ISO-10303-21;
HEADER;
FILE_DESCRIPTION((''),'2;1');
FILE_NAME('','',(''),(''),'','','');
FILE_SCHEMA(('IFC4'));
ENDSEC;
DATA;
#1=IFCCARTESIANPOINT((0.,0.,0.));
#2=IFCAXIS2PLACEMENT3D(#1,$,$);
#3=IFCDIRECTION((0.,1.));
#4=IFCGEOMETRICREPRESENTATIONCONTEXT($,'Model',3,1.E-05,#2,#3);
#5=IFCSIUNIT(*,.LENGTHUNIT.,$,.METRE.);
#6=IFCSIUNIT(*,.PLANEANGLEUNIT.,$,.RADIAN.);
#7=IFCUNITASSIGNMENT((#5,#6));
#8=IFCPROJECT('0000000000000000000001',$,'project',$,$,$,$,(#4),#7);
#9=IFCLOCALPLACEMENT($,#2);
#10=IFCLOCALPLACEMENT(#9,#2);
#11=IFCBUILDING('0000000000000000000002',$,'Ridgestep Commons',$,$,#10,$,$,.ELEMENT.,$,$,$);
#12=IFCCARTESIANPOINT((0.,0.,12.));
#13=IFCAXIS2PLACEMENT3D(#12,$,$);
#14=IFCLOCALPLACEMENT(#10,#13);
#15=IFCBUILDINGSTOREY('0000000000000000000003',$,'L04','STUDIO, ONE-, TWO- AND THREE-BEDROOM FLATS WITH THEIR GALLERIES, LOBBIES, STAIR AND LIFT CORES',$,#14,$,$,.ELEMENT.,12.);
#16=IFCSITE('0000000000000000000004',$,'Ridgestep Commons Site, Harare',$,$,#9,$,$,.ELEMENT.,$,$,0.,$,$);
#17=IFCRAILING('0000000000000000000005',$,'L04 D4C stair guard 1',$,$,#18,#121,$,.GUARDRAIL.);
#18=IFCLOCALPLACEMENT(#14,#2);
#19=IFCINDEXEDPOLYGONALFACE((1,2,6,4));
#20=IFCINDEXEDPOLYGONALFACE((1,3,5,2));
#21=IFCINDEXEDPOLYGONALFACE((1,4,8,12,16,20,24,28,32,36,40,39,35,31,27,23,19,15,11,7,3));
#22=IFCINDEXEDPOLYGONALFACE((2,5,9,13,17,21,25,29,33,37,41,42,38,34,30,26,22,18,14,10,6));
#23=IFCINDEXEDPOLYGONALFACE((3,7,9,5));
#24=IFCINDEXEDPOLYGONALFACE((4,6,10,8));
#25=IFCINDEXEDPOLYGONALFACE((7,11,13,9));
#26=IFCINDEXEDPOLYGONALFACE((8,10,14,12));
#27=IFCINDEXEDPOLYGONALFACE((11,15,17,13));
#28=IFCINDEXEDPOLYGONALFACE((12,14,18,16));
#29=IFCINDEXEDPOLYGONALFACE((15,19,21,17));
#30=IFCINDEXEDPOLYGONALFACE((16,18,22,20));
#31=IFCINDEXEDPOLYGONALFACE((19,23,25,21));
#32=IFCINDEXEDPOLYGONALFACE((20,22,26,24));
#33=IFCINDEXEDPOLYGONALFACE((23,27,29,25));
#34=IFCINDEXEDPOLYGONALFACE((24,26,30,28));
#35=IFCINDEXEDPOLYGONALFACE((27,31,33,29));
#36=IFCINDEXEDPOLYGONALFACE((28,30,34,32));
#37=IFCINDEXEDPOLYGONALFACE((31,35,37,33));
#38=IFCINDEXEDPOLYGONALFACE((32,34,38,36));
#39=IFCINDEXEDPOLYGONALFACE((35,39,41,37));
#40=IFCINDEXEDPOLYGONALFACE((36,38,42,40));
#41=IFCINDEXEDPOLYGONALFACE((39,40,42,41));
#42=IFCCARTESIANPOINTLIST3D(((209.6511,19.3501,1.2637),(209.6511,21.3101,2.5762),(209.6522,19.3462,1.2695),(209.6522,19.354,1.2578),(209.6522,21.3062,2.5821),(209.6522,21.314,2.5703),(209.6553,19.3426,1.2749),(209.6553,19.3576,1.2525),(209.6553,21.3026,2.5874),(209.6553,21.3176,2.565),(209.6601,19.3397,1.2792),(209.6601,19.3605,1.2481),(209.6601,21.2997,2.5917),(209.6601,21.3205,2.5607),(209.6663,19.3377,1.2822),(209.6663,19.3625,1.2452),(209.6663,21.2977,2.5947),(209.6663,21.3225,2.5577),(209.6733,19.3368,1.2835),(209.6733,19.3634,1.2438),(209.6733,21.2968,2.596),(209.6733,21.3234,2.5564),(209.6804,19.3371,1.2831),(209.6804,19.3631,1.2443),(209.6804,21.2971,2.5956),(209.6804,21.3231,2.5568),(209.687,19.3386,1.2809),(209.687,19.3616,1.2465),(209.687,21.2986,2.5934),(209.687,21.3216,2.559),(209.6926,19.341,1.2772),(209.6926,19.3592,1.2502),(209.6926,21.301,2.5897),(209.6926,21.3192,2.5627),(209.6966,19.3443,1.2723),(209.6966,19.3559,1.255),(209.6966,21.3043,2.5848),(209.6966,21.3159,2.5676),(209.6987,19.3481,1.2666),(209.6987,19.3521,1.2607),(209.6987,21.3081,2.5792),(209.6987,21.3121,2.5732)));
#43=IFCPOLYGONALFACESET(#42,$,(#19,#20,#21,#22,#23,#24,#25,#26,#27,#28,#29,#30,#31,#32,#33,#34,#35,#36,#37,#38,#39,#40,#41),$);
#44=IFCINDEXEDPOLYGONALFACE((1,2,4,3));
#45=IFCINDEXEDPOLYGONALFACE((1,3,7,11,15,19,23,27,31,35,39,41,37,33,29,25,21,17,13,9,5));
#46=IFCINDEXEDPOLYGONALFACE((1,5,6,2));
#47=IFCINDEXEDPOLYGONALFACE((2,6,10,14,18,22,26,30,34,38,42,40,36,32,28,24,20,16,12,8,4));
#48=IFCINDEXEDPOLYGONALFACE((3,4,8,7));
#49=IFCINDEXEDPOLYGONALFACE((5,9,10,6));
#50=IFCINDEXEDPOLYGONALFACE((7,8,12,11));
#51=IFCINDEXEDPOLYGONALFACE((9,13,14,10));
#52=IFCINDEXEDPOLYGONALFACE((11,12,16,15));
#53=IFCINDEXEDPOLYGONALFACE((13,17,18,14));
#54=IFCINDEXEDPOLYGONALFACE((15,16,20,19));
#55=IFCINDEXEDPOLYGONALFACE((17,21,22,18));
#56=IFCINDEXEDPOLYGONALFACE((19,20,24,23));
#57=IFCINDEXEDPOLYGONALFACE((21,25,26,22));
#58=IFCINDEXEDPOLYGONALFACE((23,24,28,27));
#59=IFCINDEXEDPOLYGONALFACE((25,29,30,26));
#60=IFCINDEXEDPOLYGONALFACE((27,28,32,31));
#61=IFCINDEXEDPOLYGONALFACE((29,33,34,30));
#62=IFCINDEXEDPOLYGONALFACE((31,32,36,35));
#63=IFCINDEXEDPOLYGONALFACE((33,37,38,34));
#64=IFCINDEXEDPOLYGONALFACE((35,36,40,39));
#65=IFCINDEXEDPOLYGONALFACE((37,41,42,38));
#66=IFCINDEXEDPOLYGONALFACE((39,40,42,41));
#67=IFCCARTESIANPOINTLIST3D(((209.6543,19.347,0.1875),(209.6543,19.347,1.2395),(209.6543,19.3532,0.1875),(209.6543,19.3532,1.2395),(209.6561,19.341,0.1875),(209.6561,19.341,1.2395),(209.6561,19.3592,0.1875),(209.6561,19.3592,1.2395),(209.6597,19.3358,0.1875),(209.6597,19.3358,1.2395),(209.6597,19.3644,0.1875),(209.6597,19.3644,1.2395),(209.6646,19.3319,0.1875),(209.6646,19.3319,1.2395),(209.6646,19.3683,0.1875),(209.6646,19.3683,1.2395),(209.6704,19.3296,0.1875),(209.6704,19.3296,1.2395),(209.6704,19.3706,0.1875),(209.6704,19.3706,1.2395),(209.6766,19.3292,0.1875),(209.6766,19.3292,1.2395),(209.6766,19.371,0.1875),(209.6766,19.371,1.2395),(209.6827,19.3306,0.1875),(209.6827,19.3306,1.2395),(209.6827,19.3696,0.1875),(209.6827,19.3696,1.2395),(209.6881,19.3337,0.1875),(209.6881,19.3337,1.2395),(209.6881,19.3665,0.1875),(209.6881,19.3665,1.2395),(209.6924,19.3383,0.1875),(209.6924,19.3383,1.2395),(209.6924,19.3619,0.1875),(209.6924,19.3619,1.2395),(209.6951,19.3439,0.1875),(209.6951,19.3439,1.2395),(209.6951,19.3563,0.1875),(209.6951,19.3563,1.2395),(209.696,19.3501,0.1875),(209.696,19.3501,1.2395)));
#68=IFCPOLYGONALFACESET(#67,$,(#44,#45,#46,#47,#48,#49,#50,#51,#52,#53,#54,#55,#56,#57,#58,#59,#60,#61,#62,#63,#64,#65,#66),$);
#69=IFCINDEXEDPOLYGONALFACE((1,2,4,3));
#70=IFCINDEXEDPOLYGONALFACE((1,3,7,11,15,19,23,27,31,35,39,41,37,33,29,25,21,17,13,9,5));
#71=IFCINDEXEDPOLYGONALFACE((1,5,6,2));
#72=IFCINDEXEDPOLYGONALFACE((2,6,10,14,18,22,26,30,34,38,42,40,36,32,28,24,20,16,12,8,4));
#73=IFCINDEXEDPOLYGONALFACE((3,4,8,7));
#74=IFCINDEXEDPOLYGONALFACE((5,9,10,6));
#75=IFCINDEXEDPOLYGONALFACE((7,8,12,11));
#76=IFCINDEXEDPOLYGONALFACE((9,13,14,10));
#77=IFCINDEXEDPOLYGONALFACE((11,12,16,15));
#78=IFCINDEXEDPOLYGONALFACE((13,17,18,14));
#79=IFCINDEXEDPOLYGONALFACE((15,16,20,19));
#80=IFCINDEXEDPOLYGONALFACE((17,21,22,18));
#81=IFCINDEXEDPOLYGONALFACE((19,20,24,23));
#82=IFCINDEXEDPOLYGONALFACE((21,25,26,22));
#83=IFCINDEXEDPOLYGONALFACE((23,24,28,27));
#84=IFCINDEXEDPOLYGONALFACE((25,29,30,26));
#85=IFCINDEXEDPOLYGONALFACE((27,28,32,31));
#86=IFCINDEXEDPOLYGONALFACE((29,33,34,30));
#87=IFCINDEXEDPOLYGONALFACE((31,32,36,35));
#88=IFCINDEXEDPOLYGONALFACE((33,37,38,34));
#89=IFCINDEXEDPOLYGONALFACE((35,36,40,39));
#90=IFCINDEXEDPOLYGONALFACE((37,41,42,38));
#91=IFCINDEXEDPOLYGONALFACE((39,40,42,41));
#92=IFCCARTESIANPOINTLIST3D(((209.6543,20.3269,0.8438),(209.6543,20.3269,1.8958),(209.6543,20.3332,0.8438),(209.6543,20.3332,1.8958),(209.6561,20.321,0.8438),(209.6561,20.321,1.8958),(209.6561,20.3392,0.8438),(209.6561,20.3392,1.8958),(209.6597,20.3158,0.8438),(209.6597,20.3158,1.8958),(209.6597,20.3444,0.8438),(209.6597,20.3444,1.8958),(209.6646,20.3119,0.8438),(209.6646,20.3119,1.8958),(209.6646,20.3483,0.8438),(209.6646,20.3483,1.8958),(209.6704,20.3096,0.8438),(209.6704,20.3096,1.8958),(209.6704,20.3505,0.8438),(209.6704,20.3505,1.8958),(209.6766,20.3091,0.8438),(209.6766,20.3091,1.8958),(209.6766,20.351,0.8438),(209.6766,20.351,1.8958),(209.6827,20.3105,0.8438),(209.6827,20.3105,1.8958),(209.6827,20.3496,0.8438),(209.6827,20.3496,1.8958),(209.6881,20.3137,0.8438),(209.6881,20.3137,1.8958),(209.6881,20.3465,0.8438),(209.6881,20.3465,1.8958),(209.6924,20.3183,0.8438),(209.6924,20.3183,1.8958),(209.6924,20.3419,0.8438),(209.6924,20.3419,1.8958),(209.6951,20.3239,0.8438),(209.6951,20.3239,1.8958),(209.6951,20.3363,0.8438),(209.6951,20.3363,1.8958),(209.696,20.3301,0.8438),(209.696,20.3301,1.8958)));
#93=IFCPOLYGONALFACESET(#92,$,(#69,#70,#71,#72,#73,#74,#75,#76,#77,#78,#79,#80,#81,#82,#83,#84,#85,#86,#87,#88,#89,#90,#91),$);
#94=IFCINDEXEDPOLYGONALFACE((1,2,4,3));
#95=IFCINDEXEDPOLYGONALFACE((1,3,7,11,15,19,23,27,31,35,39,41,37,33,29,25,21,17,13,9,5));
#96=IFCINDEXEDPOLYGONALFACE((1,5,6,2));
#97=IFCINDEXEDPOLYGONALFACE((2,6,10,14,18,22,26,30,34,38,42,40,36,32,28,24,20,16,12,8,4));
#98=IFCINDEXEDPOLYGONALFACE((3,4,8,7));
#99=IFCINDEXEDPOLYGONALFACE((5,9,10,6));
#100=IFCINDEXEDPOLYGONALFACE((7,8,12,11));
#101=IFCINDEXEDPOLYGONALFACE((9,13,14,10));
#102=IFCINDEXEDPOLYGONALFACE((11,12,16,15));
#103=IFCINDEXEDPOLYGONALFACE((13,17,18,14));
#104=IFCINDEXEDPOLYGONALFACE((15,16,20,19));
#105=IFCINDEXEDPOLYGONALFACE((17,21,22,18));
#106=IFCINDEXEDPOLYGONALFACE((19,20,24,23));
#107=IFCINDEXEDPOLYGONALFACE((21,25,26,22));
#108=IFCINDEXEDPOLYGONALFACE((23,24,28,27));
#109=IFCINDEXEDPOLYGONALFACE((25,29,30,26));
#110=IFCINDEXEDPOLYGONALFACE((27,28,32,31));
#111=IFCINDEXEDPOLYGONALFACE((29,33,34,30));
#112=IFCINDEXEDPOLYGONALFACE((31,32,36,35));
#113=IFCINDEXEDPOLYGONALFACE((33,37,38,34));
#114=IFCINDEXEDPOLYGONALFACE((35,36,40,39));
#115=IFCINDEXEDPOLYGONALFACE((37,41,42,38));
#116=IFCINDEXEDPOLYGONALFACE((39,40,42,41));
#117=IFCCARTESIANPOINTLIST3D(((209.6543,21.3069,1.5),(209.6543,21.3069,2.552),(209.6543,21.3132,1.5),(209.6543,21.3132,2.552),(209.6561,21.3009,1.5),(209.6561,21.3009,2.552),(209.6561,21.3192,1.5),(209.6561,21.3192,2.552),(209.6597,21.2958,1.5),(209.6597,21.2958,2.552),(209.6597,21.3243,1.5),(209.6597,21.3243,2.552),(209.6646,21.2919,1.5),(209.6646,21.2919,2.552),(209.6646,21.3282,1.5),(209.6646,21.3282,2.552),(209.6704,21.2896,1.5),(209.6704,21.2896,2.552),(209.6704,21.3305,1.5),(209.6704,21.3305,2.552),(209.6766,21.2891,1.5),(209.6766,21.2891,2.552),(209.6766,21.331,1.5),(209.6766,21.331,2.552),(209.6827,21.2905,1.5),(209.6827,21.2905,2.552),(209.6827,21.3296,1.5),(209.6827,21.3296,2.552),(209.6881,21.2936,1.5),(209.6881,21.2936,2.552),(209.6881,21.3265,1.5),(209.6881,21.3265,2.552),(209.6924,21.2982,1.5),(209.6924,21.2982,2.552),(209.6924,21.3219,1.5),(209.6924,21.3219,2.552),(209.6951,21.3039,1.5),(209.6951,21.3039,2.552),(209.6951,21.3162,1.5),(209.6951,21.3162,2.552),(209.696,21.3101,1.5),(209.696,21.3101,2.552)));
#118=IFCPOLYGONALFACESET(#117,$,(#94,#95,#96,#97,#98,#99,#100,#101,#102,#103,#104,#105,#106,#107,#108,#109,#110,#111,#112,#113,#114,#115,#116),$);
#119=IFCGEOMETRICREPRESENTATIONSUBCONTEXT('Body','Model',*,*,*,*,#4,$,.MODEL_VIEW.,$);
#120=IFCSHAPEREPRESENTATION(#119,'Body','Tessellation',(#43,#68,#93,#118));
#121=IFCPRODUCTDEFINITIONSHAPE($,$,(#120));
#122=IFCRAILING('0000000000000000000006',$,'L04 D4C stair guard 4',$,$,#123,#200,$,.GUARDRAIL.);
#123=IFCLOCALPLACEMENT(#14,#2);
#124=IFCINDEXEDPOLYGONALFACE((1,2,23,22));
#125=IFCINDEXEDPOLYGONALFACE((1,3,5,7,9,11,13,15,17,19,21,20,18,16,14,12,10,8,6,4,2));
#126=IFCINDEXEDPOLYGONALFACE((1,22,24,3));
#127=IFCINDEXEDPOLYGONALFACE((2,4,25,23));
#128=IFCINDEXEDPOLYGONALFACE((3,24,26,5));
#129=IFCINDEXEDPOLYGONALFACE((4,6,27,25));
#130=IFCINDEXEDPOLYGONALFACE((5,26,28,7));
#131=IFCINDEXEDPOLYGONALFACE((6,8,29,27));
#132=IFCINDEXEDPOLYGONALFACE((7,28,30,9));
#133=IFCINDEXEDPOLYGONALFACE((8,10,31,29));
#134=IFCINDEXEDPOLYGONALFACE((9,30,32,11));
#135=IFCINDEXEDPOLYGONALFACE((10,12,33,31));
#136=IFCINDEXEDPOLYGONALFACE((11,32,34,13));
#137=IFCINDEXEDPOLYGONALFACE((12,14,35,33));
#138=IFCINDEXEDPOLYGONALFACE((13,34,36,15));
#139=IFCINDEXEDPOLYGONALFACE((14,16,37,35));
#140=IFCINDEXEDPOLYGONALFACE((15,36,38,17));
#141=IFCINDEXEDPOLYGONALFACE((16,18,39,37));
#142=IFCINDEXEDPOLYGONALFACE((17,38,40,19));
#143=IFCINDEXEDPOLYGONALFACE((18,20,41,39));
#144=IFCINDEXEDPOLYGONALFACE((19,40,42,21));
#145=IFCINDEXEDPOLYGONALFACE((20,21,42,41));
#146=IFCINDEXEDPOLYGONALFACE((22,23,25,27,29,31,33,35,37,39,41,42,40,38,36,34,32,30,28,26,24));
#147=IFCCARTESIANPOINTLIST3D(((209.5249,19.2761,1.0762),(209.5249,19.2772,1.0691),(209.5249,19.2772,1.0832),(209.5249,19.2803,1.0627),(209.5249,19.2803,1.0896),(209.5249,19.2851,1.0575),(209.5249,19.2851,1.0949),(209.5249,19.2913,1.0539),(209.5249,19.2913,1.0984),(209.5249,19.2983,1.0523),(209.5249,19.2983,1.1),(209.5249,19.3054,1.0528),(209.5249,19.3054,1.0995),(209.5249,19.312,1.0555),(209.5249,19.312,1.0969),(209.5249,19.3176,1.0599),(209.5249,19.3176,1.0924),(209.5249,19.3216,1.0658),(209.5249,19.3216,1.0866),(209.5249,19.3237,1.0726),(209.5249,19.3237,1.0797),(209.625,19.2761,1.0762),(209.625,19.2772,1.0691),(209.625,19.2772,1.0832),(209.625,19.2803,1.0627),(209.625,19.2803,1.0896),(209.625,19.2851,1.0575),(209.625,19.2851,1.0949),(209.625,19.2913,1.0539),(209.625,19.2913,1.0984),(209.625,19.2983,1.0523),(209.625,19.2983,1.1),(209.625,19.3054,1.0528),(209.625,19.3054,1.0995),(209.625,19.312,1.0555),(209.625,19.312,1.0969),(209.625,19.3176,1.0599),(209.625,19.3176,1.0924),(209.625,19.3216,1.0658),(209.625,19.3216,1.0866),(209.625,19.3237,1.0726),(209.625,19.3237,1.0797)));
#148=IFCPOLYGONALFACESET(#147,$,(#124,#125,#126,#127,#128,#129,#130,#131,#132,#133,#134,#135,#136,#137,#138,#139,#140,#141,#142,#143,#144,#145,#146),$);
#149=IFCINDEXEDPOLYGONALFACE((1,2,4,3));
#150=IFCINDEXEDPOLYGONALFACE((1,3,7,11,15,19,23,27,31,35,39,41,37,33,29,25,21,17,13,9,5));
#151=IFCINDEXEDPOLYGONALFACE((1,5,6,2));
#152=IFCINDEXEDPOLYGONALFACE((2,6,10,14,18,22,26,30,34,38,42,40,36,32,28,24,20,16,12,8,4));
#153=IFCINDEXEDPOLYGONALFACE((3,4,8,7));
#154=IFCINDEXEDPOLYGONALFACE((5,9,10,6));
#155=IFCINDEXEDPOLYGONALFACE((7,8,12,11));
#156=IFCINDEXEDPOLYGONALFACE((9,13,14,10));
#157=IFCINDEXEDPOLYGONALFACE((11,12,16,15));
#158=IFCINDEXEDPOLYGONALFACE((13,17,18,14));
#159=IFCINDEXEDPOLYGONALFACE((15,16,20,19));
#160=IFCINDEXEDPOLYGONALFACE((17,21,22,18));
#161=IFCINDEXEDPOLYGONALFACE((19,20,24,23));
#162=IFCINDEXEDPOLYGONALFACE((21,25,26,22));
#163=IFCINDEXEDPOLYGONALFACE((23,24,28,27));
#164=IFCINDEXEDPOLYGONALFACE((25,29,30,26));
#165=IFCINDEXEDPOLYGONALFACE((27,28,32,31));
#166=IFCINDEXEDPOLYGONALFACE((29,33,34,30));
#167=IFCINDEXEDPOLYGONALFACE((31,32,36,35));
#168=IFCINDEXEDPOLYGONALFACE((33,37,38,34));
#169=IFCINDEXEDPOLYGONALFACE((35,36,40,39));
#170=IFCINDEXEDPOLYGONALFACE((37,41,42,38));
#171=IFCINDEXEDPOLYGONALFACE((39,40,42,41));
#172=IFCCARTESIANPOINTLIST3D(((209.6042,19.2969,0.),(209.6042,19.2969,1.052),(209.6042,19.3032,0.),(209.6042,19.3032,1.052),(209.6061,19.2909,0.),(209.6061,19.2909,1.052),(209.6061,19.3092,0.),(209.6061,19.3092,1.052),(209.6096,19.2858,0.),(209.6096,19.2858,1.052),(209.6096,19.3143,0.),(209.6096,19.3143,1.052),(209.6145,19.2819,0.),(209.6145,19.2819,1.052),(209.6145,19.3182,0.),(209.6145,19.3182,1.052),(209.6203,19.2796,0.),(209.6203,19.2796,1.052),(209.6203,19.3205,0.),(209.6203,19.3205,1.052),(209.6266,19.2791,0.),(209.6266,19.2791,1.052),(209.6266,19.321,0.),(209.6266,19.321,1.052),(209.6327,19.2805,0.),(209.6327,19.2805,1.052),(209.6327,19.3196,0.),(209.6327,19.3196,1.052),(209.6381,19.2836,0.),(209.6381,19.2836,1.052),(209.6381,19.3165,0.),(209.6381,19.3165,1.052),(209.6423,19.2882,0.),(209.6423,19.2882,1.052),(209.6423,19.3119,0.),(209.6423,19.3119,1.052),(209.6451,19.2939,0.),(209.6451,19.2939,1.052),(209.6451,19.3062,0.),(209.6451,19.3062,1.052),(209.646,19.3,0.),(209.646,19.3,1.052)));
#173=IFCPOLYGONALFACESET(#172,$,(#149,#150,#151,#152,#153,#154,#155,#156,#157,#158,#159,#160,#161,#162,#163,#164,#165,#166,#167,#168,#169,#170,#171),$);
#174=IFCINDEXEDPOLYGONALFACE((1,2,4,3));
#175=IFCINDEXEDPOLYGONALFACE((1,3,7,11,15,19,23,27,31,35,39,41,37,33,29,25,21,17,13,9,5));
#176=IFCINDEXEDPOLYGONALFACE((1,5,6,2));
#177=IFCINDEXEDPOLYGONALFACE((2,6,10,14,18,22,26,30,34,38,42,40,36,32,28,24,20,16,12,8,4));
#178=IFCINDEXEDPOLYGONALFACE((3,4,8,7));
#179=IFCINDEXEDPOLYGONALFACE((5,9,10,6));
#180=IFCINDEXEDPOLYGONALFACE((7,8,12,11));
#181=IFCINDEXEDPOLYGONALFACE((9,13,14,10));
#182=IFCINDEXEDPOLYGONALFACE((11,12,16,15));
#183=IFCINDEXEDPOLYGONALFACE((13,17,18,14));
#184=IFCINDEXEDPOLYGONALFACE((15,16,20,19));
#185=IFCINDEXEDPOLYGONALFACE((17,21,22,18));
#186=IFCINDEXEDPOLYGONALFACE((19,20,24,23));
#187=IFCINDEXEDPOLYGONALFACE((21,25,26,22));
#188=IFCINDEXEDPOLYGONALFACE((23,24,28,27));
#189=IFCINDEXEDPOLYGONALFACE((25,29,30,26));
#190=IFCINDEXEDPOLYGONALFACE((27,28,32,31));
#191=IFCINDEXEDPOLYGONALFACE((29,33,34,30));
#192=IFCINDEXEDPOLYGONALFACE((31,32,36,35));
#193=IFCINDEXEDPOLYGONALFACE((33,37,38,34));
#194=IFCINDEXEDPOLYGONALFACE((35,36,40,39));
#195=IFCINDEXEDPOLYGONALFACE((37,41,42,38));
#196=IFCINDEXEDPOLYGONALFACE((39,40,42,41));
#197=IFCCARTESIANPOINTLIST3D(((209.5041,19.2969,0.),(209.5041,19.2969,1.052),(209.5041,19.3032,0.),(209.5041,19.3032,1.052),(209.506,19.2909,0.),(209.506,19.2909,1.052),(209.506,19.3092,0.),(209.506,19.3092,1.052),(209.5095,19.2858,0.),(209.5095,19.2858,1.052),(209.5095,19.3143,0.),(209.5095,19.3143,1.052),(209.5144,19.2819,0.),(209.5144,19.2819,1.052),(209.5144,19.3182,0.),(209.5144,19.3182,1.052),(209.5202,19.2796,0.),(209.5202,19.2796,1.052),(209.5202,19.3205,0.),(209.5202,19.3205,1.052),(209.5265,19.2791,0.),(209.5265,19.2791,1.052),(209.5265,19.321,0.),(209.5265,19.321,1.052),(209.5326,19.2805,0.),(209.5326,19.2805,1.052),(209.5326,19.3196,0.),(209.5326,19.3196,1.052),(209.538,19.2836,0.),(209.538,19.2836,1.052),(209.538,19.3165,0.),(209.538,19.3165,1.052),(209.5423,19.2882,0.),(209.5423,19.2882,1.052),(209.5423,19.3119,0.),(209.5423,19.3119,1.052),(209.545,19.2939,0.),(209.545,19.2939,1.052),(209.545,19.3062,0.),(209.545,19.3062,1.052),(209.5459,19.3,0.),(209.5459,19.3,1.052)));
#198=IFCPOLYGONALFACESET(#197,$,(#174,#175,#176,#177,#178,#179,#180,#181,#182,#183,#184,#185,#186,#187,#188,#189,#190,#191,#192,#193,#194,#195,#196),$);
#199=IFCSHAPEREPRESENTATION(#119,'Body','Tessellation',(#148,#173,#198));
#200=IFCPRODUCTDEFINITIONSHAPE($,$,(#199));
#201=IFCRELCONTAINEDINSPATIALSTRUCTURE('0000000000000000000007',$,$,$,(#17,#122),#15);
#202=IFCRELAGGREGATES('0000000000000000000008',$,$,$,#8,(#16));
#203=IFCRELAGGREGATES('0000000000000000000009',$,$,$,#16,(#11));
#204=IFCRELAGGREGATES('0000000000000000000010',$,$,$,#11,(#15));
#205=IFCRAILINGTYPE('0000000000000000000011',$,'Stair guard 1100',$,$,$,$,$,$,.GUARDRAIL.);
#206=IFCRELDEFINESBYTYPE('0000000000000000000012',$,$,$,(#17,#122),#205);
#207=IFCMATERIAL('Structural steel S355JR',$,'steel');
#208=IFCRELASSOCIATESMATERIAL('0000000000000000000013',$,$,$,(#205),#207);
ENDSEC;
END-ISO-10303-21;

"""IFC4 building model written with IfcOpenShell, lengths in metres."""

from ifc_helpers import new_model, si_unit, direction, frame, origin, origin_2d, place, context, subcontext, project, spatial, circle, extrude, material, type_object, element, save


model = new_model("IFC4")

# Units and contexts
model_context = context("Model", 3, precision=1e-05, world=origin(), true_north=direction((0.0, 1.0)))
body_context = subcontext(model_context, "Body", "Model", "MODEL_VIEW")
ifc_project = project(units=[si_unit("LENGTHUNIT", "METRE"), si_unit("PLANEANGLEUNIT", "RADIAN")], contexts=[model_context])

# Site, building, storey
site_placement = place(None, origin())
site = spatial("IfcSite", under=ifc_project, at=site_placement, Name="Ridgestep Commons Site, Harare", CompositionType="ELEMENT", RefElevation=0.0)
building_placement = place(site_placement, origin())
building = spatial("IfcBuilding", under=site, at=building_placement, Name="Ridgestep Commons", CompositionType="ELEMENT")
storey_placement = place(building_placement, frame((0.0, 0.0, 12.0)))
storey = spatial("IfcBuildingStorey", under=building, at=storey_placement, Name="L04", Description="STUDIO, ONE-, TWO- AND THREE-BEDROOM FLATS WITH THEIR GALLERIES, LOBBIES, STAIR AND LIFT CORES", CompositionType="ELEMENT", Elevation=12.0)

# Railings
ifc_material_1 = material(Name="Structural steel S355JR", Category="steel")
railing_type_1 = type_object("IfcRailingType", Name="Stair guard 1100", PredefinedType="GUARDRAIL", material=ifc_material_1)
railing_1_placement = place(storey_placement, frame((209.675, 19.3501, 0.1875)))
element("IfcRailing", 1, at=railing_1_placement, inside=storey, type_object=railing_type_1, Name="L04 D4C stair guard 1", PredefinedType="GUARDRAIL", context=body_context, shape_type="SweptSolid", body=[
    extrude(circle(Radius=0.0239, at=origin_2d()), frame((0.0, 0.0, 1.0762), z_axis=(0.0, 0.830902, 0.556419), x_axis=(-1.0, 0.0, 0.0)), (0.0, 0.0, 1.0), 2.3589),
    extrude(circle(Radius=0.021, at=origin_2d()), origin(), (0.0, 0.0, 1.0), 1.052),
    extrude(circle(Radius=0.021, at=origin_2d()), frame((0.0, 0.98, 0.6562)), (0.0, 0.0, 1.0), 1.052),
    extrude(circle(Radius=0.021, at=origin_2d()), frame((0.0, 1.96, 1.3125)), (0.0, 0.0, 1.0), 1.052),
])
railing_2_placement = place(storey_placement, frame((209.625, 19.3, 0.0)))
element("IfcRailing", 2, at=railing_2_placement, inside=storey, type_object=railing_type_1, Name="L04 D4C stair guard 4", PredefinedType="GUARDRAIL", context=body_context, shape_type="SweptSolid", body=[
    extrude(circle(Radius=0.0239, at=origin_2d()), frame((0.0, 0.0, 1.0762), z_axis=(-1.0, 0.0, 0.0), x_axis=(0.0, -1.0, 0.0)), (0.0, 0.0, 1.0), 0.1001),
    extrude(circle(Radius=0.021, at=origin_2d()), origin(), (0.0, 0.0, 1.0), 1.052),
    extrude(circle(Radius=0.021, at=origin_2d()), frame((-0.1001, 0.0, 0.0)), (0.0, 0.0, 1.0), 1.052),
])

save(model, "model.ifc")
